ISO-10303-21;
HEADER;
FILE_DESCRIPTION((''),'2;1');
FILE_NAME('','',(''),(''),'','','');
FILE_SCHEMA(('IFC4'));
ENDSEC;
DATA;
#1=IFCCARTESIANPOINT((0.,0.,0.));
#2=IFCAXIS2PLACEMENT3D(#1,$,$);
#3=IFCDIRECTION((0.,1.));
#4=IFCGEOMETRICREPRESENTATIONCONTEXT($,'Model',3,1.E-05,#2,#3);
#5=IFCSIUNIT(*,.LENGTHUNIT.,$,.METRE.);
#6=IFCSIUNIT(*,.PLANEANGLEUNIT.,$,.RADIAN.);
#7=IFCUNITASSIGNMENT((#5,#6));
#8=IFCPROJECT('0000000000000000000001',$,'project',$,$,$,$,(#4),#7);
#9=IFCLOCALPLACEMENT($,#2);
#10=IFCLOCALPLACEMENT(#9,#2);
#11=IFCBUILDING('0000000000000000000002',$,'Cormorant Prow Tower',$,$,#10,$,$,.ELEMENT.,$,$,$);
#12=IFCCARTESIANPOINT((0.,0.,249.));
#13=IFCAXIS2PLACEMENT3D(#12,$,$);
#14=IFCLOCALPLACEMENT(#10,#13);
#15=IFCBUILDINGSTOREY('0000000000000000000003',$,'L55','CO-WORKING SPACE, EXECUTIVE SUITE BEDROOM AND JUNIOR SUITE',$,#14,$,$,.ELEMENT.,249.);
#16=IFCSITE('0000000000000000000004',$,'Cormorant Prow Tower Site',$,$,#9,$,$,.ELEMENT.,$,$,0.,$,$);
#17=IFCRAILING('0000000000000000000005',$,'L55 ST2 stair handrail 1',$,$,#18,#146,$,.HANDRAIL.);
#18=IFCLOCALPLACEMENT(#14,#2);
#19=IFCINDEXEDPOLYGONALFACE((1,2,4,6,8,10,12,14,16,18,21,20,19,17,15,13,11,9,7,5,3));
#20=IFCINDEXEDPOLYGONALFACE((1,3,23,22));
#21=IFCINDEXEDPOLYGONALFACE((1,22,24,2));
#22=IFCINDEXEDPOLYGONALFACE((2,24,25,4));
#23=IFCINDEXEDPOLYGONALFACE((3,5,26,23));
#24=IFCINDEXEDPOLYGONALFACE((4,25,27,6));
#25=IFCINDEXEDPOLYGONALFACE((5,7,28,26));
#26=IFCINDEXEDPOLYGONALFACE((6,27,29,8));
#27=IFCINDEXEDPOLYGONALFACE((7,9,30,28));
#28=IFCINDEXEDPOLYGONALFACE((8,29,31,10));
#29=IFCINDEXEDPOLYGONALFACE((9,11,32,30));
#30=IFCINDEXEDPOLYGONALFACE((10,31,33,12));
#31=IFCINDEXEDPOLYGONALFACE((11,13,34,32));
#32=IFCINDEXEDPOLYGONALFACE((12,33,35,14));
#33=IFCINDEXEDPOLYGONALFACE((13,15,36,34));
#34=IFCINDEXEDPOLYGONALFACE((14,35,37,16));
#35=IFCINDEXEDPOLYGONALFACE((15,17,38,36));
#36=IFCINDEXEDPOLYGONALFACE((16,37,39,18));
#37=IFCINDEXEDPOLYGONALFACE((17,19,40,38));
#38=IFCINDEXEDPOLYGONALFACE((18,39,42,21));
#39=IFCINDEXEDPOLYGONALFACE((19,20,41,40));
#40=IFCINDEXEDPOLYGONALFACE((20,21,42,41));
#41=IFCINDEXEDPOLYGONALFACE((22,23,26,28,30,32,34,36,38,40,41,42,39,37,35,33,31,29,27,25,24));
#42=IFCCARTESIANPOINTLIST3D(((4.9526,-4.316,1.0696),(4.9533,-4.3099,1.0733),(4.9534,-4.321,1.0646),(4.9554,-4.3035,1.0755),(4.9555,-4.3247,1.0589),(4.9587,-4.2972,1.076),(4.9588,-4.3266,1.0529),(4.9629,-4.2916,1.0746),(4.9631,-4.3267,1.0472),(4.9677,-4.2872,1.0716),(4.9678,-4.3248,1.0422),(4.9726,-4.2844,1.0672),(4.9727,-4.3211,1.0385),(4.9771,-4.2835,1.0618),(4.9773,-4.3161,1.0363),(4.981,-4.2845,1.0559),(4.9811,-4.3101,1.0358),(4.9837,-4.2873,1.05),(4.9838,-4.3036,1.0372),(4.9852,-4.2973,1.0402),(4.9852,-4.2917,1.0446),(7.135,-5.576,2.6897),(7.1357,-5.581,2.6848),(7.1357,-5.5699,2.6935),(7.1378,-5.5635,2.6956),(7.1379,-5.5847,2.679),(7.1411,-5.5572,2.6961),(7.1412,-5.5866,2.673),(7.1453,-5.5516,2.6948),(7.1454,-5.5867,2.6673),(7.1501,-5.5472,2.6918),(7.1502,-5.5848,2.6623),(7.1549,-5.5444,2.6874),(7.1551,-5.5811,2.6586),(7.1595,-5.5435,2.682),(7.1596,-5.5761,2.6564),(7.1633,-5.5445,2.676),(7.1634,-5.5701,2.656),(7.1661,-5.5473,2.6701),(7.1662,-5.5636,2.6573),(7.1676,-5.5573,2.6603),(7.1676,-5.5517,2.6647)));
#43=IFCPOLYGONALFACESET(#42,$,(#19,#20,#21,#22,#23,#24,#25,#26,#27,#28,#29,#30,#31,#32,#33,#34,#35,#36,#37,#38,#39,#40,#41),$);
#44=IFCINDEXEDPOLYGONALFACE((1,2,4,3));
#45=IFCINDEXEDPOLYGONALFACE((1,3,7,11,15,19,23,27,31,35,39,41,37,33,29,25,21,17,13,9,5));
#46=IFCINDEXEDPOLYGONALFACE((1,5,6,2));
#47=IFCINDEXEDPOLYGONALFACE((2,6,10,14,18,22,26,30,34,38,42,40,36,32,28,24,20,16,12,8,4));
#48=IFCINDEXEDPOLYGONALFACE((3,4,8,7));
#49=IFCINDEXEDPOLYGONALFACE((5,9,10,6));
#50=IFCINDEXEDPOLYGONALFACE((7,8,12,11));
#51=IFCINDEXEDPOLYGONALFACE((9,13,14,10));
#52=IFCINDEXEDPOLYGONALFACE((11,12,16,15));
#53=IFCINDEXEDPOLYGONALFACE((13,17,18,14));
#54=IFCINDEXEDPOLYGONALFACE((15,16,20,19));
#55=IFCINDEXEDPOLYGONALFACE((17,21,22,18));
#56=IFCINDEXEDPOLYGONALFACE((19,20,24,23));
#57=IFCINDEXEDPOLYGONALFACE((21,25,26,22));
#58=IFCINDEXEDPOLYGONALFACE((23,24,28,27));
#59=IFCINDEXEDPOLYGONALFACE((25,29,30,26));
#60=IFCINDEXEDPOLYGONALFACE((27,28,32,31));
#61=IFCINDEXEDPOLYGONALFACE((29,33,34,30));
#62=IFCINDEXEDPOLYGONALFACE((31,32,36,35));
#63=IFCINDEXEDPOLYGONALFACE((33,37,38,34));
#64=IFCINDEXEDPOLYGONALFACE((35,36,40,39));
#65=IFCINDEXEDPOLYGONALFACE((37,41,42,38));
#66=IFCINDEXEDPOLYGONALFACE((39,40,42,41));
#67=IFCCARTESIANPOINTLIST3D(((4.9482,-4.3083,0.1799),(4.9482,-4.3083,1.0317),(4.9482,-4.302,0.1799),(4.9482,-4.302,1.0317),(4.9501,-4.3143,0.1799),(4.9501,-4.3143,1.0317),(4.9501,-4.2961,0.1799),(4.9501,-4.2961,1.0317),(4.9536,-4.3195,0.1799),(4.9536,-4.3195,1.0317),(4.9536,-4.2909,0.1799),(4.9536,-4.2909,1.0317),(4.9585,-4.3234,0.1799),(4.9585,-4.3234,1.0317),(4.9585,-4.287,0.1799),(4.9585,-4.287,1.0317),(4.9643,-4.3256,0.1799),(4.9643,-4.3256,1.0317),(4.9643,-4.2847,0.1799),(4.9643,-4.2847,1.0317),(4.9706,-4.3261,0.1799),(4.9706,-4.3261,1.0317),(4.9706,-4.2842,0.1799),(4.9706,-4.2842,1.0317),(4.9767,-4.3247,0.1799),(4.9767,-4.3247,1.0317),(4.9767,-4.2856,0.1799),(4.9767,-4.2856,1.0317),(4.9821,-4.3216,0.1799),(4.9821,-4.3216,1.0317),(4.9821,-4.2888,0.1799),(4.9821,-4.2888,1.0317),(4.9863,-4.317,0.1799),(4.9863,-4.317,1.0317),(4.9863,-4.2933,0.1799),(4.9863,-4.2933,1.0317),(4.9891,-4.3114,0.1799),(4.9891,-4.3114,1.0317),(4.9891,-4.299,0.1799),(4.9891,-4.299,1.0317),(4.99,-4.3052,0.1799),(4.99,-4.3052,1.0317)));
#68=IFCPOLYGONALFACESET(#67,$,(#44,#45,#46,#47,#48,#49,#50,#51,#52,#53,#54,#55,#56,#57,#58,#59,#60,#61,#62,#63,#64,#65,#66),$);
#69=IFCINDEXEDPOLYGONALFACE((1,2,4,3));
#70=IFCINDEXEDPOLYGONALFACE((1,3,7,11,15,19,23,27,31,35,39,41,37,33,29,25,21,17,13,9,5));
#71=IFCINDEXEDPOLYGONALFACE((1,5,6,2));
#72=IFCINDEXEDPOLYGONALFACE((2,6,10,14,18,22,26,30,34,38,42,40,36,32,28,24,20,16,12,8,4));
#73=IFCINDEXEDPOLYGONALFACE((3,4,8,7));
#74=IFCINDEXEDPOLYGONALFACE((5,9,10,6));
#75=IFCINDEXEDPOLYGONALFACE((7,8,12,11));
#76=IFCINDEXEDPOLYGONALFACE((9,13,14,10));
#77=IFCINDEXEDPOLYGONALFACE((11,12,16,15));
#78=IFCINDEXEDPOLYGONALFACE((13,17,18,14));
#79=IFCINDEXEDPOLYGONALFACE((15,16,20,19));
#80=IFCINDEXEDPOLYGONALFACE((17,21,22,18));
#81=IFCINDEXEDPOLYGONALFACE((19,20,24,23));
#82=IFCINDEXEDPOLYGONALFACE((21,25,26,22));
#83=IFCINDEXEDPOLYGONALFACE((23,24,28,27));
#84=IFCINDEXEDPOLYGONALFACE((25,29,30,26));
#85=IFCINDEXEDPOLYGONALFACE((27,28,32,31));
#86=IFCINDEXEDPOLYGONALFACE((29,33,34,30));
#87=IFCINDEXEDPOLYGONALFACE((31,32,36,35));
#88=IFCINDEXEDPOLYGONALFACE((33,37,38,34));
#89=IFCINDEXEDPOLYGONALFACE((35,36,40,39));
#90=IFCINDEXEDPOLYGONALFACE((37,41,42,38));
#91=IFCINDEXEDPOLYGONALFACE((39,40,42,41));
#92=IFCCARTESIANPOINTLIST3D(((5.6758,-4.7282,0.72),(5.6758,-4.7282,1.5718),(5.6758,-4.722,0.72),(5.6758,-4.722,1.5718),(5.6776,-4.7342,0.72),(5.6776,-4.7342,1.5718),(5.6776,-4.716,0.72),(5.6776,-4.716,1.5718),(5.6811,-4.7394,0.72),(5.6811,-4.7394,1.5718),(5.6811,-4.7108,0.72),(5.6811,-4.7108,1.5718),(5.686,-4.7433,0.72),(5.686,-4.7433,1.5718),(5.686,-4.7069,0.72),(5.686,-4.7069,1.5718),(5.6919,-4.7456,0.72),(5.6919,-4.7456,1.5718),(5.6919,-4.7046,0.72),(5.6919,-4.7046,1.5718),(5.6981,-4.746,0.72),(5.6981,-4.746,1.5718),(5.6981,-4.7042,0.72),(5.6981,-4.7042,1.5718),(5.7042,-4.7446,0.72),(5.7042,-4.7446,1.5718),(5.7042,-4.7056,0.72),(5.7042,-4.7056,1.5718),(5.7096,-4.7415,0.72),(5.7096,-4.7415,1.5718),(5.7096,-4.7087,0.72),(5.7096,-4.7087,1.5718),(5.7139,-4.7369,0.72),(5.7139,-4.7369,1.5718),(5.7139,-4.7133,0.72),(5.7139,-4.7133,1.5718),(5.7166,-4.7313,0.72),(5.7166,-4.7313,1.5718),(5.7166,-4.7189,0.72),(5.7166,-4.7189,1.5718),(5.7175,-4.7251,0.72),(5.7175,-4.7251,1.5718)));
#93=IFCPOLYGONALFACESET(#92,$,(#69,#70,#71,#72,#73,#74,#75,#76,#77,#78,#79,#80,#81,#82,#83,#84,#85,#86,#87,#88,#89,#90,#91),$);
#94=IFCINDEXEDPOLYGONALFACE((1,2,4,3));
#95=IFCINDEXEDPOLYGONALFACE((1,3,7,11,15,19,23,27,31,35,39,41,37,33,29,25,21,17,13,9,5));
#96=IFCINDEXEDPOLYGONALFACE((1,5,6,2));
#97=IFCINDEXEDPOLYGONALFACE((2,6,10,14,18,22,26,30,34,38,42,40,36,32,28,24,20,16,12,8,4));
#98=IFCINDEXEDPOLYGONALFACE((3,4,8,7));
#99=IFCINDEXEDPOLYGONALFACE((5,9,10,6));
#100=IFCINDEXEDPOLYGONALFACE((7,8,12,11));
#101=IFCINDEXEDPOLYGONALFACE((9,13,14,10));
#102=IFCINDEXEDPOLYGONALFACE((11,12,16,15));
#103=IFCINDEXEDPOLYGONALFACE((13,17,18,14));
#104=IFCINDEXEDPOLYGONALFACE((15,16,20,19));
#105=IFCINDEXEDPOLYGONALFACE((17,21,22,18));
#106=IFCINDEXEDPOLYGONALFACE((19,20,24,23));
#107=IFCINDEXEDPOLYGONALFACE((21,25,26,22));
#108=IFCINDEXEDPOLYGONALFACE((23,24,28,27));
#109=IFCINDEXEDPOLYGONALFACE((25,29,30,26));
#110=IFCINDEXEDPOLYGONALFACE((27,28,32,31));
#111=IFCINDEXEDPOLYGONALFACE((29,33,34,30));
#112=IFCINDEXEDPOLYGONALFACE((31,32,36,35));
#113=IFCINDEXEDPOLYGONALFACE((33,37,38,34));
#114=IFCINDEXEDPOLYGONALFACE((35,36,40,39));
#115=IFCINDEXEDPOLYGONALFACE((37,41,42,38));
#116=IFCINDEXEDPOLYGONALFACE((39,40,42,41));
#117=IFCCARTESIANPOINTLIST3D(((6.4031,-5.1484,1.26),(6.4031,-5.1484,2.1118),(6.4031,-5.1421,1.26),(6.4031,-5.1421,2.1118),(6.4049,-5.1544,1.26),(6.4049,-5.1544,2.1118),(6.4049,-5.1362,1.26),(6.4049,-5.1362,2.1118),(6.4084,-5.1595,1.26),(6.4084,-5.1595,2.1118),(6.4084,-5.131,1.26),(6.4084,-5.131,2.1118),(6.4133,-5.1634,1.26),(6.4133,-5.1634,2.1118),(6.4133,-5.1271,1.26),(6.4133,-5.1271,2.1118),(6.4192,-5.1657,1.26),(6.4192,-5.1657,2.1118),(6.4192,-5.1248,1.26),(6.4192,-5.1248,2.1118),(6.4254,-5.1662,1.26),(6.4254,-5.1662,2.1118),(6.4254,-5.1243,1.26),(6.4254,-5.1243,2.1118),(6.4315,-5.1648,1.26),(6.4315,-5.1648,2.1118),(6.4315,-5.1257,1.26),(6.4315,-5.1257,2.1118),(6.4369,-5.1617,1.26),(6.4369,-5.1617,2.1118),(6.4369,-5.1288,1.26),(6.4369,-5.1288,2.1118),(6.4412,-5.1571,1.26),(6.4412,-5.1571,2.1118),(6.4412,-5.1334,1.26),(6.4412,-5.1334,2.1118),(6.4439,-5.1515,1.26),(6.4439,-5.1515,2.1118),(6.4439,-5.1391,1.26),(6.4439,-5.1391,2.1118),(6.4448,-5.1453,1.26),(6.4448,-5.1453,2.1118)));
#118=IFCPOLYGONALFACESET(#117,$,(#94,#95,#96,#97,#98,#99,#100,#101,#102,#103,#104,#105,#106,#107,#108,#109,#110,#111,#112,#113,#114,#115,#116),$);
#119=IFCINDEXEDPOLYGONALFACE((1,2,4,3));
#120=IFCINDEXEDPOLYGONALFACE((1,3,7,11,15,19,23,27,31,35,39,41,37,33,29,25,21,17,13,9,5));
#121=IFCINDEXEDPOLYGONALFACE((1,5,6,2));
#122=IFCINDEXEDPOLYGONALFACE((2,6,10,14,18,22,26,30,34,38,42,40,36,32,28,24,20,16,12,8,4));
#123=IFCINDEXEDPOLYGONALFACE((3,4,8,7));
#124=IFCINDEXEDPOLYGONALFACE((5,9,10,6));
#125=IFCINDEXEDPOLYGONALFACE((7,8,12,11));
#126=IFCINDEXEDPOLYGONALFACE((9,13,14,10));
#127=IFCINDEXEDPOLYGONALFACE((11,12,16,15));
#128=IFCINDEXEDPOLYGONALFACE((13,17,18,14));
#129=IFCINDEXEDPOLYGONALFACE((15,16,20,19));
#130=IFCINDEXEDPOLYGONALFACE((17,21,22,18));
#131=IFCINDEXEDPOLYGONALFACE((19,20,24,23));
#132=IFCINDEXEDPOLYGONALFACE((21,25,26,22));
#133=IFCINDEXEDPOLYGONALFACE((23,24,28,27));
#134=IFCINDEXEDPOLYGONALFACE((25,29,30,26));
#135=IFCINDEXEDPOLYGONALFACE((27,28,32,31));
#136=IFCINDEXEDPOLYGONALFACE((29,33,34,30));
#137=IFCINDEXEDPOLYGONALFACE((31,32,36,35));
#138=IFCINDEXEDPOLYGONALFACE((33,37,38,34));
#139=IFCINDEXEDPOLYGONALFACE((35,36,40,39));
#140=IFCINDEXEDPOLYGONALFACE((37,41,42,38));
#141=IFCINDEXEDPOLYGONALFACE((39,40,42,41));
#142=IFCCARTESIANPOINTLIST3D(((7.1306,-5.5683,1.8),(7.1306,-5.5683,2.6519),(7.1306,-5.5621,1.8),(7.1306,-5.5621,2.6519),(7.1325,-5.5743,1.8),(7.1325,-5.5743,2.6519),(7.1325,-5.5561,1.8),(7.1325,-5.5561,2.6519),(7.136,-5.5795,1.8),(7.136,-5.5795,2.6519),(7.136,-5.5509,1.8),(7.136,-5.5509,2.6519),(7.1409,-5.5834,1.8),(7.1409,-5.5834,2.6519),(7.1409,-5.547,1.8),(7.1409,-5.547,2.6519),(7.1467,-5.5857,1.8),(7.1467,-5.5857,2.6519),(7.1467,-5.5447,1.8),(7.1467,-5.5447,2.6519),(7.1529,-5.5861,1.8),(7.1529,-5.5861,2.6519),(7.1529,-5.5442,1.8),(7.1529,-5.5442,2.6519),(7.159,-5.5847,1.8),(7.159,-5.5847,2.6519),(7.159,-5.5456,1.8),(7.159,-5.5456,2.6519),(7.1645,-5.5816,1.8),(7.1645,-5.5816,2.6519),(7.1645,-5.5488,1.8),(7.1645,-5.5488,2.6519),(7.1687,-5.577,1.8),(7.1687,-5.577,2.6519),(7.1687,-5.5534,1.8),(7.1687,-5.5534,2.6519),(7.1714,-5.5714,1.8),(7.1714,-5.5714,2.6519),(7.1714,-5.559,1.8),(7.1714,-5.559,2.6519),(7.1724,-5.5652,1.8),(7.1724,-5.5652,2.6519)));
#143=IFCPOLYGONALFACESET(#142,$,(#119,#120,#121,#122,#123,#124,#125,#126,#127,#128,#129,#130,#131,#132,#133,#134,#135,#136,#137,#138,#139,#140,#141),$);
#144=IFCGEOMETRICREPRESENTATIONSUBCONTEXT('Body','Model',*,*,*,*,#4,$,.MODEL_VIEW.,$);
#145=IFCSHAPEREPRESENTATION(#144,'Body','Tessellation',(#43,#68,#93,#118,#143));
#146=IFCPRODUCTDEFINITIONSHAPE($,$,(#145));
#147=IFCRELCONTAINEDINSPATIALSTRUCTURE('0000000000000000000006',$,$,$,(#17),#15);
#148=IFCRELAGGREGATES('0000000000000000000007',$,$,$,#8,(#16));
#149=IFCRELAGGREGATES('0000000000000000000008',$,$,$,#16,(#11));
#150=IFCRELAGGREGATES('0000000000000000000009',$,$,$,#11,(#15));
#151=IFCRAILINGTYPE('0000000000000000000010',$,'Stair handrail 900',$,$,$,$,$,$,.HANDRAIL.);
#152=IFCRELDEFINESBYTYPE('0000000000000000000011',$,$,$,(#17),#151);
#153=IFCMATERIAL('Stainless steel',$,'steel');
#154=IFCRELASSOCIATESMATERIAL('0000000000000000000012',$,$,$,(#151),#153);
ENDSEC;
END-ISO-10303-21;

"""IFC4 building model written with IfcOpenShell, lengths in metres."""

from ifc_helpers import new_model, si_unit, direction, frame, origin, origin_2d, place, context, subcontext, project, spatial, circle, extrude, material, type_object, element, save


model = new_model("IFC4")

# Units and contexts
model_context = context("Model", 3, precision=1e-05, world=origin(), true_north=direction((0.0, 1.0)))
body_context = subcontext(model_context, "Body", "Model", "MODEL_VIEW")
ifc_project = project(units=[si_unit("LENGTHUNIT", "METRE"), si_unit("PLANEANGLEUNIT", "RADIAN")], contexts=[model_context])

# Site, building, storey
site_placement = place(None, origin())
site = spatial("IfcSite", under=ifc_project, at=site_placement, Name="Cormorant Prow Tower Site", CompositionType="ELEMENT", RefElevation=0.0)
building_placement = place(site_placement, origin())
building = spatial("IfcBuilding", under=site, at=building_placement, Name="Cormorant Prow Tower", CompositionType="ELEMENT")
storey_placement = place(building_placement, frame((0.0, 0.0, 249.0)))
storey = spatial("IfcBuildingStorey", under=building, at=storey_placement, Name="L55", Description="CO-WORKING SPACE, EXECUTIVE SUITE BEDROOM AND JUNIOR SUITE", CompositionType="ELEMENT", Elevation=249.0)

# Railing
ifc_material_1 = material(Name="Stainless steel", Category="steel")
railing_type_1 = type_object("IfcRailingType", Name="Stair handrail 900", PredefinedType="HANDRAIL", material=ifc_material_1)
railing_1_placement = place(storey_placement, frame((4.969, -4.3052, 0.1799)))
element("IfcRailing", 1, at=railing_1_placement, inside=storey, type_object=railing_type_1, Name="L55 ST2 stair handrail 1", PredefinedType="HANDRAIL", context=body_context, shape_type="SweptSolid", body=[
    extrude(circle(Radius=0.0239, at=origin_2d()), frame((0.0, 0.0, 0.876), z_axis=(0.728464, -0.420584, 0.540786), x_axis=(0.500005, 0.866023, 0.0)), (0.0, 0.0, 1.0), 2.9958),
    extrude(circle(Radius=0.021, at=origin_2d()), origin(), (0.0, 0.0, 1.0), 0.8518),
    extrude(circle(Radius=0.021, at=origin_2d()), frame((0.7275, -0.4199, 0.54)), (0.0, 0.0, 1.0), 0.8518),
    extrude(circle(Radius=0.021, at=origin_2d()), frame((1.4548, -0.8401, 1.0801)), (0.0, 0.0, 1.0), 0.8518),
    extrude(circle(Radius=0.021, at=origin_2d()), frame((2.1824, -1.26, 1.6201)), (0.0, 0.0, 1.0), 0.8518),
])

save(model, "model.ifc")
